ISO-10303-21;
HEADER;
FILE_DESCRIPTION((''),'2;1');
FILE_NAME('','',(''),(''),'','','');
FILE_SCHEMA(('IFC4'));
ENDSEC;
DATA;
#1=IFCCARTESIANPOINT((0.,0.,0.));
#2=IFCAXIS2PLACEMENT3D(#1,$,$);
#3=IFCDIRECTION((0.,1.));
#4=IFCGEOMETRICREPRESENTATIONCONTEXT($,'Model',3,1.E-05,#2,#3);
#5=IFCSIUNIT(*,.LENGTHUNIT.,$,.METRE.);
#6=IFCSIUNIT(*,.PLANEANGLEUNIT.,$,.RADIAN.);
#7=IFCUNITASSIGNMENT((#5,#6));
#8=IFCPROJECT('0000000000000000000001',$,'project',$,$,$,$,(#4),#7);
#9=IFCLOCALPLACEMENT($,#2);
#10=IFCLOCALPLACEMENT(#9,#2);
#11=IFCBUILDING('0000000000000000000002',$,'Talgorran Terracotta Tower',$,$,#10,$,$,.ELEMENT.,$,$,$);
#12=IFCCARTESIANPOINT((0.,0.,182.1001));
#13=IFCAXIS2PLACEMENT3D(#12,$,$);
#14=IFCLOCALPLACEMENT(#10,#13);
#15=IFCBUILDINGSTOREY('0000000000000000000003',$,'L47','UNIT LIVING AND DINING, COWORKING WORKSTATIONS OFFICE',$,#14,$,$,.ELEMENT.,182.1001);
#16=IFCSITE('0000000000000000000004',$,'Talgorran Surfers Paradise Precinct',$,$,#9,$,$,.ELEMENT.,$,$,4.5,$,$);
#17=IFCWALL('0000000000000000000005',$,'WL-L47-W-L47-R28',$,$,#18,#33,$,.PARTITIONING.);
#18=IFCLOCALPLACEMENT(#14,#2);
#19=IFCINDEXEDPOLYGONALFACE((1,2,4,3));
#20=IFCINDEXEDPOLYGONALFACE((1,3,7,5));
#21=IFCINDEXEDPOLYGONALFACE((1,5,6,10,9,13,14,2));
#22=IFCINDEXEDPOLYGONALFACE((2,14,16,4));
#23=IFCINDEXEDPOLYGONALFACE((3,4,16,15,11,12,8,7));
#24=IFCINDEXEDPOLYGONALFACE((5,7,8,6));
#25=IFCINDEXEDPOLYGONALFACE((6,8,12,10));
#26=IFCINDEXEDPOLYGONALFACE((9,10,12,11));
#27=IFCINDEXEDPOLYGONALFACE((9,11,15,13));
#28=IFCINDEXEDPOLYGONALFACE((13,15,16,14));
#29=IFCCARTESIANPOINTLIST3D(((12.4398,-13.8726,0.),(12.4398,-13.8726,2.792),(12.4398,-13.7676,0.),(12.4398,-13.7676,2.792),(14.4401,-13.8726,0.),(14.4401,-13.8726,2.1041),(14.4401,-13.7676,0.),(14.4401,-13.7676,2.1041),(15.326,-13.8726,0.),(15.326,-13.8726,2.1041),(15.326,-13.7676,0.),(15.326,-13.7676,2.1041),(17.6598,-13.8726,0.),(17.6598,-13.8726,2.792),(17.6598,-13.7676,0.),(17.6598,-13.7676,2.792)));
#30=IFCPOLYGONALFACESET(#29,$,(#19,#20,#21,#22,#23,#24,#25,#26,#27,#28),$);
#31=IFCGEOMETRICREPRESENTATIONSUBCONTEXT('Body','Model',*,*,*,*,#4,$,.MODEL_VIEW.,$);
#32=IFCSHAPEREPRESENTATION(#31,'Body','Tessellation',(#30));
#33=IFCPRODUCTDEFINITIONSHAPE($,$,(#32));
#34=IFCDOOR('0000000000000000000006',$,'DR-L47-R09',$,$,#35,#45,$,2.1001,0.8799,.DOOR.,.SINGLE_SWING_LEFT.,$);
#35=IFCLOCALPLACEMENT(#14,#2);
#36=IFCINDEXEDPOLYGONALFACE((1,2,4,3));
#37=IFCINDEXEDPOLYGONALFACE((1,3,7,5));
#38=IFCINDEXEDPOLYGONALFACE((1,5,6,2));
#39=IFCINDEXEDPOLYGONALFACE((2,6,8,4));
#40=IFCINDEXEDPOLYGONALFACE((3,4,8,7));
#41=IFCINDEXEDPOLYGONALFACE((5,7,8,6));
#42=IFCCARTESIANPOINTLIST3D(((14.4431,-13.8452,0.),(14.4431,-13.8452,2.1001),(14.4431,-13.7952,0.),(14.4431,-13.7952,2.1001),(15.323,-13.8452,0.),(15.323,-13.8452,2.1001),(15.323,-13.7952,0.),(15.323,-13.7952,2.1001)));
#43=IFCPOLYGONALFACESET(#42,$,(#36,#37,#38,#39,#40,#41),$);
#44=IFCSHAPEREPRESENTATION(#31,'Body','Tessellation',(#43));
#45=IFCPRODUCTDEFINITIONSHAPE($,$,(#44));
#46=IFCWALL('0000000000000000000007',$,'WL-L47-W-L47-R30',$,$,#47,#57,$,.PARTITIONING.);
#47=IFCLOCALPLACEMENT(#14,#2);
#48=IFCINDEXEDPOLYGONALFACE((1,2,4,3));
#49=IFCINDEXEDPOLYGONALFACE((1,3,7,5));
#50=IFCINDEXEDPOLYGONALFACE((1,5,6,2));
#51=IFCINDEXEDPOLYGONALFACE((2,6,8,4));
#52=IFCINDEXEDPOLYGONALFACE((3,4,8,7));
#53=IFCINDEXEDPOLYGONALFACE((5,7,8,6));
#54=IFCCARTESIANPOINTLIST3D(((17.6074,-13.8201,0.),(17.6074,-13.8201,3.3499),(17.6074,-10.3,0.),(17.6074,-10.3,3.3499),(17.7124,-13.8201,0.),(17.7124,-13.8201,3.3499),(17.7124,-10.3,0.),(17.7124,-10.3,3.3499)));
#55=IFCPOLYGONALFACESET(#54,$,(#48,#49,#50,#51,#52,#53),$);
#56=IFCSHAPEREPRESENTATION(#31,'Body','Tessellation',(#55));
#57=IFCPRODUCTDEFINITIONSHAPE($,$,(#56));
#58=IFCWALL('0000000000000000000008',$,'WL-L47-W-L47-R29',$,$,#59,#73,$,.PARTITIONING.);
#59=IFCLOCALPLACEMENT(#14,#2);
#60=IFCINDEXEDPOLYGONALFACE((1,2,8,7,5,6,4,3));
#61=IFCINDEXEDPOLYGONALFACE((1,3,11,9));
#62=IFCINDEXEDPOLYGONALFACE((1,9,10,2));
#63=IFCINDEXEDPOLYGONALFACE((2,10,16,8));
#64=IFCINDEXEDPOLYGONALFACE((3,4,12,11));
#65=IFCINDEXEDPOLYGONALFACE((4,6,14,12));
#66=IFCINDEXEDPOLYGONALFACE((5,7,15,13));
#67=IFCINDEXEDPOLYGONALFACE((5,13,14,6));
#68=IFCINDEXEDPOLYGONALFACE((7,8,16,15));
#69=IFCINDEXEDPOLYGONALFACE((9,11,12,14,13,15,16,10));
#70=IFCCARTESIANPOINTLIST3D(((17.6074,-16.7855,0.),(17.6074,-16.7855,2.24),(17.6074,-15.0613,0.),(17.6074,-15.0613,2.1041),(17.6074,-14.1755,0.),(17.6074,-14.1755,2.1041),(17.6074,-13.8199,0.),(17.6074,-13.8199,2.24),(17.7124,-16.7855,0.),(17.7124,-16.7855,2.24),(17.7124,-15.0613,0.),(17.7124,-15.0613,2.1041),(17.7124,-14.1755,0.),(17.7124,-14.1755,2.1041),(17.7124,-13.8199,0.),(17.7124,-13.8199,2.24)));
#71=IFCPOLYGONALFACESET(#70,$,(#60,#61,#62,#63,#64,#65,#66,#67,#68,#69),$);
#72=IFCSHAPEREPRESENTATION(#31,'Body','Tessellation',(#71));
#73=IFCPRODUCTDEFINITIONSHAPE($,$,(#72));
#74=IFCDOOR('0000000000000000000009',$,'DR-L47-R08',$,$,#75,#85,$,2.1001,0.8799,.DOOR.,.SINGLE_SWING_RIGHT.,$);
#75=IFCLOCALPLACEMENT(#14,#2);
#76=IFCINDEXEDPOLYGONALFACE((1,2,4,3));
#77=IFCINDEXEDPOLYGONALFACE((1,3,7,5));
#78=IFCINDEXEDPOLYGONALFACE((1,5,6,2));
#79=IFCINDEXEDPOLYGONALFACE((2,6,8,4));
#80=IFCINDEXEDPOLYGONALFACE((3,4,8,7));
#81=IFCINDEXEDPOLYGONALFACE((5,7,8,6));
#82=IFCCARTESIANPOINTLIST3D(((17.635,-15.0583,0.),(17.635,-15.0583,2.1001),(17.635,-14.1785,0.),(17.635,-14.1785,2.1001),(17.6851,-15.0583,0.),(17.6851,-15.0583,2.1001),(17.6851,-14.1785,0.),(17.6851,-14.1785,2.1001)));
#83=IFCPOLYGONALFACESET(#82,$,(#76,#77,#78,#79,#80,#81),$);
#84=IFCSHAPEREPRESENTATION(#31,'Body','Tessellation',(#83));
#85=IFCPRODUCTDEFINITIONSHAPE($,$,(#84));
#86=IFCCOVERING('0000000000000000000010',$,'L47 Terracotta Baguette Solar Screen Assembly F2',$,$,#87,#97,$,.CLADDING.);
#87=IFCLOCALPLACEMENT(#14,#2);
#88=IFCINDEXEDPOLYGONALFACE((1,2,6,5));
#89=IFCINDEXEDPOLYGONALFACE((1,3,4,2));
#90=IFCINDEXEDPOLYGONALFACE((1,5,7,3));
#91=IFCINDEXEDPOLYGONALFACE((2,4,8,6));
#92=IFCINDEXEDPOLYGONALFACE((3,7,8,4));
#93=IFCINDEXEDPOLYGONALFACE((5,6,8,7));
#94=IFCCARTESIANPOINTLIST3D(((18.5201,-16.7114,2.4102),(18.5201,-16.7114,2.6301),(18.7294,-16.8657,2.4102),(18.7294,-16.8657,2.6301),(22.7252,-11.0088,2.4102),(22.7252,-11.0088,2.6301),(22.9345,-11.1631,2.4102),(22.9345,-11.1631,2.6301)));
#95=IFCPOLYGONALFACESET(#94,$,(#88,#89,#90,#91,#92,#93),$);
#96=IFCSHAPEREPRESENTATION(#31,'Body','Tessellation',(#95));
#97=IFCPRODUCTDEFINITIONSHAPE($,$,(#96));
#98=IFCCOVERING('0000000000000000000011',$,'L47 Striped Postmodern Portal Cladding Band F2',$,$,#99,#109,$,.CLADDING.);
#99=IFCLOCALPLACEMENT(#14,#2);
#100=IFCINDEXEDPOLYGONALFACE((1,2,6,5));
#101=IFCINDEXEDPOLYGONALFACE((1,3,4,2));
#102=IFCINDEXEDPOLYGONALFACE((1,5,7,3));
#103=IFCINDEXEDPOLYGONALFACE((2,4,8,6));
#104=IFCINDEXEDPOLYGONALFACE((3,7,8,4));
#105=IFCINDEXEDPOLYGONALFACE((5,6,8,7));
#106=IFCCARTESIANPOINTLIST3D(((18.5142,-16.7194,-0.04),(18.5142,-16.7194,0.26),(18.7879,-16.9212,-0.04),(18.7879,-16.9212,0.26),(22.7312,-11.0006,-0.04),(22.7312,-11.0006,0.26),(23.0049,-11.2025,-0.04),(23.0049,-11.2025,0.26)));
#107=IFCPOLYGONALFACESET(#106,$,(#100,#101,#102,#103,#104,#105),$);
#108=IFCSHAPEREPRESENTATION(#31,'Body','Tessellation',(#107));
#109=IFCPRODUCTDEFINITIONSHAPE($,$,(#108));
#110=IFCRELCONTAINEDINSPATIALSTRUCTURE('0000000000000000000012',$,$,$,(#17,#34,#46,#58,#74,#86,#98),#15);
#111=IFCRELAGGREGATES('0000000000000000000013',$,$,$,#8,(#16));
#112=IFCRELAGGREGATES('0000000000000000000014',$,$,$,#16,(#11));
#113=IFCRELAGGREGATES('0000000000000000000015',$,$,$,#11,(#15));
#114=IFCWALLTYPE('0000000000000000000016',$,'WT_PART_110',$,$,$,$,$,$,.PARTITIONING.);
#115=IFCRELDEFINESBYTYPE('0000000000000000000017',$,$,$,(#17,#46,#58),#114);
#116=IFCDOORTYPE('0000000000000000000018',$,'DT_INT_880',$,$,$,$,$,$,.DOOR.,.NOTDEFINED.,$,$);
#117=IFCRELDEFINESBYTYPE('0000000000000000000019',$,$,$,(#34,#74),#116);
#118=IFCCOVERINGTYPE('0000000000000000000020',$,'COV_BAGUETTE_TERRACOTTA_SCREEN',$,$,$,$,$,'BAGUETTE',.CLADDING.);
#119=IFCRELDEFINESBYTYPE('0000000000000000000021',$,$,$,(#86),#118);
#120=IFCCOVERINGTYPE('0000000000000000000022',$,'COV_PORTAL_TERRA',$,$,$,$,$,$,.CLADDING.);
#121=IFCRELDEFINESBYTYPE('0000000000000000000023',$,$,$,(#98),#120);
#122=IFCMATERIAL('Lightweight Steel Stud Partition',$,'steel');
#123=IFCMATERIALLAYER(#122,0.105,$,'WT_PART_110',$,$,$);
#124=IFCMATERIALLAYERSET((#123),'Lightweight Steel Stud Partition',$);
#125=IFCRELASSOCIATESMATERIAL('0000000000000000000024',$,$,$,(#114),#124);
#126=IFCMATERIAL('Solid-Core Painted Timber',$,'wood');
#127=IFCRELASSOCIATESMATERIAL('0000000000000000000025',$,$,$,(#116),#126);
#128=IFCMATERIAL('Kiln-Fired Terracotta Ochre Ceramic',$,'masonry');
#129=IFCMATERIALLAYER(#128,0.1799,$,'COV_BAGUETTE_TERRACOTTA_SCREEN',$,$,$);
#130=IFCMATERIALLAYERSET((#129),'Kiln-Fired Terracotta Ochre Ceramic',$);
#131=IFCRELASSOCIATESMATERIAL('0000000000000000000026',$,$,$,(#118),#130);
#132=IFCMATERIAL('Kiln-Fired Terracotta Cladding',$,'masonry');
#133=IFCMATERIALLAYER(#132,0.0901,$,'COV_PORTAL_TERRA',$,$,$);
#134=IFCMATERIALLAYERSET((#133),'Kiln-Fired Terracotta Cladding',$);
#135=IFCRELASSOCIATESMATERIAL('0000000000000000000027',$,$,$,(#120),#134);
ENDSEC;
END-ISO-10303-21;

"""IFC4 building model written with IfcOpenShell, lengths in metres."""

from ifc_helpers import new_model, si_unit, direction, frame, frame_2d, origin, origin_2d, place, context, subcontext, project, spatial, rectangle, extrude, material, layer, layer_set, type_object, element, fill, save


model = new_model("IFC4")

# Units and contexts
model_context = context("Model", 3, precision=1e-05, world=origin(), true_north=direction((0.0, 1.0)))
body_context = subcontext(model_context, "Body", "Model", "MODEL_VIEW")
ifc_project = project(units=[si_unit("LENGTHUNIT", "METRE"), si_unit("PLANEANGLEUNIT", "RADIAN")], contexts=[model_context])

# Site, building, storey
site_placement = place(None, origin())
site = spatial("IfcSite", under=ifc_project, at=site_placement, Name="Talgorran Surfers Paradise Precinct", CompositionType="ELEMENT", RefElevation=4.5)
building_placement = place(site_placement, origin())
building = spatial("IfcBuilding", under=site, at=building_placement, Name="Talgorran Terracotta Tower", CompositionType="ELEMENT")
storey_placement = place(building_placement, frame((0.0, 0.0, 182.1001)))
storey = spatial("IfcBuildingStorey", under=building, at=storey_placement, Name="L47", Description="UNIT LIVING AND DINING, COWORKING WORKSTATIONS OFFICE", CompositionType="ELEMENT", Elevation=182.1001)

# Wall, opening, door
ifc_material_1 = material(Name="Lightweight Steel Stud Partition", Category="steel")
ifc_layer_1 = layer(ifc_material_1, 0.105, Name="WT_PART_110")
ifc_layer_set_1 = layer_set([ifc_layer_1], Name="Lightweight Steel Stud Partition")
wall_type_1 = type_object("IfcWallType", Name="WT_PART_110", PredefinedType="PARTITIONING", material=ifc_layer_set_1)
wall_1_placement = place(storey_placement, frame((12.4399, -13.8201, 0.0), z_axis=(0.0, 0.0, 1.0), x_axis=(1.0, 0.0, 0.0)))
wall_1 = element("IfcWall", 1, at=wall_1_placement, inside=storey, type_object=wall_type_1, Name="WL-L47-W-L47-R28", PredefinedType="PARTITIONING", context=body_context, shape_type="SweptSolid", body=[
    extrude(rectangle(XDim=5.22, YDim=0.105, at=frame_2d((2.6099, 0.0))), origin(), (0.0, 0.0, 1.0), 2.792),
])
opening_1_placement = place(wall_1_placement, frame((2.0032, 0.0, 0.0)))
opening_1 = element("IfcOpeningElement", 2, at=opening_1_placement, cuts=wall_1, PredefinedType="OPENING", context=body_context, shape_type="SweptSolid", body=[
    extrude(rectangle(XDim=0.8859, YDim=2.1041, at=frame_2d((0.4399, 1.052))), frame((0.0, 0.0625, 0.0), z_axis=(0.0, -1.0, 0.0), x_axis=(1.0, 0.0, 0.0)), (0.0, 0.0, 1.0), 0.125),
])
ifc_material_2 = material(Name="Solid-Core Painted Timber", Category="wood")
door_type = type_object("IfcDoorType", Name="DT_INT_880", OperationType="NOTDEFINED", PredefinedType="DOOR", material=ifc_material_2)
door_1_placement = place(opening_1_placement, origin())
door_1 = element("IfcDoor", 3, at=door_1_placement, inside=storey, type_object=door_type, Name="DR-L47-R09", OperationType="SINGLE_SWING_LEFT", OverallHeight=2.1001, OverallWidth=0.8799, PredefinedType="DOOR", context=body_context, shape_type="SweptSolid", body=[
    extrude(rectangle(XDim=0.8799, YDim=2.1001, at=frame_2d((0.4399, 1.05))), frame((0.0, 0.0249, 0.0), z_axis=(0.0, -1.0, 0.0), x_axis=(1.0, 0.0, 0.0)), (0.0, 0.0, 1.0), 0.05),
])
fill(opening_1, door_1)

# Wall
wall_2_placement = place(storey_placement, frame((17.6599, -13.8201, 0.0), z_axis=(0.0, 0.0, 1.0), x_axis=(0.0, 1.0, 0.0)))
element("IfcWall", 4, at=wall_2_placement, inside=storey, type_object=wall_type_1, Name="WL-L47-W-L47-R30", PredefinedType="PARTITIONING", context=body_context, shape_type="SweptSolid", body=[
    extrude(rectangle(XDim=3.52, YDim=0.105, at=frame_2d((1.76, 0.0))), origin(), (0.0, 0.0, 1.0), 3.3499),
])

# Wall, opening, door
wall_3_placement = place(storey_placement, frame((17.6599, -16.7856, 0.0), z_axis=(0.0, 0.0, 1.0), x_axis=(0.0, 1.0, 0.0)))
wall_3 = element("IfcWall", 5, at=wall_3_placement, inside=storey, type_object=wall_type_1, Name="WL-L47-W-L47-R29", PredefinedType="PARTITIONING", context=body_context, shape_type="SweptSolid", body=[
    extrude(rectangle(XDim=2.9656, YDim=0.105, at=frame_2d((1.4829, 0.0))), origin(), (0.0, 0.0, 1.0), 2.24),
])
opening_2_placement = place(wall_3_placement, frame((1.7273, 0.0, 0.0)))
opening_2 = element("IfcOpeningElement", 6, at=opening_2_placement, cuts=wall_3, PredefinedType="OPENING", context=body_context, shape_type="SweptSolid", body=[
    extrude(rectangle(XDim=0.8859, YDim=2.1041, at=frame_2d((0.4399, 1.052))), frame((0.0, 0.0625, 0.0), z_axis=(0.0, -1.0, 0.0), x_axis=(1.0, 0.0, 0.0)), (0.0, 0.0, 1.0), 0.125),
])
door_2_placement = place(opening_2_placement, origin())
door_2 = element("IfcDoor", 7, at=door_2_placement, inside=storey, type_object=door_type, Name="DR-L47-R08", OperationType="SINGLE_SWING_RIGHT", OverallHeight=2.1001, OverallWidth=0.8799, PredefinedType="DOOR", context=body_context, shape_type="SweptSolid", body=[
    extrude(rectangle(XDim=0.8799, YDim=2.1001, at=frame_2d((0.4399, 1.05))), frame((0.0, 0.0249, 0.0), z_axis=(0.0, -1.0, 0.0), x_axis=(1.0, 0.0, 0.0)), (0.0, 0.0, 1.0), 0.05),
])
fill(opening_2, door_2)

# Coverings
ifc_material_3 = material(Name="Kiln-Fired Terracotta Ochre Ceramic", Category="masonry")
ifc_layer_2 = layer(ifc_material_3, 0.1799, Name="COV_BAGUETTE_TERRACOTTA_SCREEN")
ifc_layer_set_2 = layer_set([ifc_layer_2], Name="Kiln-Fired Terracotta Ochre Ceramic")
covering_type_1 = type_object("IfcCoveringType", Name="COV_BAGUETTE_TERRACOTTA_SCREEN", ElementType="BAGUETTE", PredefinedType="CLADDING", material=ifc_layer_set_2)
covering_1_placement = place(storey_placement, frame((20.7273, -13.9373, 2.4102), z_axis=(0.0, 0.0, 1.0), x_axis=(0.593489, 0.804842, 0.0)))
element("IfcCovering", 8, at=covering_1_placement, inside=storey, type_object=covering_type_1, Name="L47 Terracotta Baguette Solar Screen Assembly F2", PredefinedType="CLADDING", context=body_context, shape_type="SweptSolid", body=[
    extrude(rectangle(XDim=7.0854, YDim=0.26, at=origin_2d()), origin(), (0.0, 0.0, 1.0), 0.22),
])
ifc_material_4 = material(Name="Kiln-Fired Terracotta Cladding", Category="masonry")
ifc_layer_3 = layer(ifc_material_4, 0.0901, Name="COV_PORTAL_TERRA")
ifc_layer_set_3 = layer_set([ifc_layer_3], Name="Kiln-Fired Terracotta Cladding")
covering_type_2 = type_object("IfcCoveringType", Name="COV_PORTAL_TERRA", PredefinedType="CLADDING", material=ifc_layer_set_3)
covering_2_placement = place(storey_placement, frame((20.7595, -13.9609, -0.04), z_axis=(0.0, 0.0, 1.0), x_axis=(0.593489, 0.804842, 0.0)))
element("IfcCovering", 9, at=covering_2_placement, inside=storey, type_object=covering_type_2, Name="L47 Striped Postmodern Portal Cladding Band F2", PredefinedType="CLADDING", context=body_context, shape_type="SweptSolid", body=[
    extrude(rectangle(XDim=7.1055, YDim=0.3401, at=origin_2d()), origin(), (0.0, 0.0, 1.0), 0.3),
])

save(model, "model.ifc")
